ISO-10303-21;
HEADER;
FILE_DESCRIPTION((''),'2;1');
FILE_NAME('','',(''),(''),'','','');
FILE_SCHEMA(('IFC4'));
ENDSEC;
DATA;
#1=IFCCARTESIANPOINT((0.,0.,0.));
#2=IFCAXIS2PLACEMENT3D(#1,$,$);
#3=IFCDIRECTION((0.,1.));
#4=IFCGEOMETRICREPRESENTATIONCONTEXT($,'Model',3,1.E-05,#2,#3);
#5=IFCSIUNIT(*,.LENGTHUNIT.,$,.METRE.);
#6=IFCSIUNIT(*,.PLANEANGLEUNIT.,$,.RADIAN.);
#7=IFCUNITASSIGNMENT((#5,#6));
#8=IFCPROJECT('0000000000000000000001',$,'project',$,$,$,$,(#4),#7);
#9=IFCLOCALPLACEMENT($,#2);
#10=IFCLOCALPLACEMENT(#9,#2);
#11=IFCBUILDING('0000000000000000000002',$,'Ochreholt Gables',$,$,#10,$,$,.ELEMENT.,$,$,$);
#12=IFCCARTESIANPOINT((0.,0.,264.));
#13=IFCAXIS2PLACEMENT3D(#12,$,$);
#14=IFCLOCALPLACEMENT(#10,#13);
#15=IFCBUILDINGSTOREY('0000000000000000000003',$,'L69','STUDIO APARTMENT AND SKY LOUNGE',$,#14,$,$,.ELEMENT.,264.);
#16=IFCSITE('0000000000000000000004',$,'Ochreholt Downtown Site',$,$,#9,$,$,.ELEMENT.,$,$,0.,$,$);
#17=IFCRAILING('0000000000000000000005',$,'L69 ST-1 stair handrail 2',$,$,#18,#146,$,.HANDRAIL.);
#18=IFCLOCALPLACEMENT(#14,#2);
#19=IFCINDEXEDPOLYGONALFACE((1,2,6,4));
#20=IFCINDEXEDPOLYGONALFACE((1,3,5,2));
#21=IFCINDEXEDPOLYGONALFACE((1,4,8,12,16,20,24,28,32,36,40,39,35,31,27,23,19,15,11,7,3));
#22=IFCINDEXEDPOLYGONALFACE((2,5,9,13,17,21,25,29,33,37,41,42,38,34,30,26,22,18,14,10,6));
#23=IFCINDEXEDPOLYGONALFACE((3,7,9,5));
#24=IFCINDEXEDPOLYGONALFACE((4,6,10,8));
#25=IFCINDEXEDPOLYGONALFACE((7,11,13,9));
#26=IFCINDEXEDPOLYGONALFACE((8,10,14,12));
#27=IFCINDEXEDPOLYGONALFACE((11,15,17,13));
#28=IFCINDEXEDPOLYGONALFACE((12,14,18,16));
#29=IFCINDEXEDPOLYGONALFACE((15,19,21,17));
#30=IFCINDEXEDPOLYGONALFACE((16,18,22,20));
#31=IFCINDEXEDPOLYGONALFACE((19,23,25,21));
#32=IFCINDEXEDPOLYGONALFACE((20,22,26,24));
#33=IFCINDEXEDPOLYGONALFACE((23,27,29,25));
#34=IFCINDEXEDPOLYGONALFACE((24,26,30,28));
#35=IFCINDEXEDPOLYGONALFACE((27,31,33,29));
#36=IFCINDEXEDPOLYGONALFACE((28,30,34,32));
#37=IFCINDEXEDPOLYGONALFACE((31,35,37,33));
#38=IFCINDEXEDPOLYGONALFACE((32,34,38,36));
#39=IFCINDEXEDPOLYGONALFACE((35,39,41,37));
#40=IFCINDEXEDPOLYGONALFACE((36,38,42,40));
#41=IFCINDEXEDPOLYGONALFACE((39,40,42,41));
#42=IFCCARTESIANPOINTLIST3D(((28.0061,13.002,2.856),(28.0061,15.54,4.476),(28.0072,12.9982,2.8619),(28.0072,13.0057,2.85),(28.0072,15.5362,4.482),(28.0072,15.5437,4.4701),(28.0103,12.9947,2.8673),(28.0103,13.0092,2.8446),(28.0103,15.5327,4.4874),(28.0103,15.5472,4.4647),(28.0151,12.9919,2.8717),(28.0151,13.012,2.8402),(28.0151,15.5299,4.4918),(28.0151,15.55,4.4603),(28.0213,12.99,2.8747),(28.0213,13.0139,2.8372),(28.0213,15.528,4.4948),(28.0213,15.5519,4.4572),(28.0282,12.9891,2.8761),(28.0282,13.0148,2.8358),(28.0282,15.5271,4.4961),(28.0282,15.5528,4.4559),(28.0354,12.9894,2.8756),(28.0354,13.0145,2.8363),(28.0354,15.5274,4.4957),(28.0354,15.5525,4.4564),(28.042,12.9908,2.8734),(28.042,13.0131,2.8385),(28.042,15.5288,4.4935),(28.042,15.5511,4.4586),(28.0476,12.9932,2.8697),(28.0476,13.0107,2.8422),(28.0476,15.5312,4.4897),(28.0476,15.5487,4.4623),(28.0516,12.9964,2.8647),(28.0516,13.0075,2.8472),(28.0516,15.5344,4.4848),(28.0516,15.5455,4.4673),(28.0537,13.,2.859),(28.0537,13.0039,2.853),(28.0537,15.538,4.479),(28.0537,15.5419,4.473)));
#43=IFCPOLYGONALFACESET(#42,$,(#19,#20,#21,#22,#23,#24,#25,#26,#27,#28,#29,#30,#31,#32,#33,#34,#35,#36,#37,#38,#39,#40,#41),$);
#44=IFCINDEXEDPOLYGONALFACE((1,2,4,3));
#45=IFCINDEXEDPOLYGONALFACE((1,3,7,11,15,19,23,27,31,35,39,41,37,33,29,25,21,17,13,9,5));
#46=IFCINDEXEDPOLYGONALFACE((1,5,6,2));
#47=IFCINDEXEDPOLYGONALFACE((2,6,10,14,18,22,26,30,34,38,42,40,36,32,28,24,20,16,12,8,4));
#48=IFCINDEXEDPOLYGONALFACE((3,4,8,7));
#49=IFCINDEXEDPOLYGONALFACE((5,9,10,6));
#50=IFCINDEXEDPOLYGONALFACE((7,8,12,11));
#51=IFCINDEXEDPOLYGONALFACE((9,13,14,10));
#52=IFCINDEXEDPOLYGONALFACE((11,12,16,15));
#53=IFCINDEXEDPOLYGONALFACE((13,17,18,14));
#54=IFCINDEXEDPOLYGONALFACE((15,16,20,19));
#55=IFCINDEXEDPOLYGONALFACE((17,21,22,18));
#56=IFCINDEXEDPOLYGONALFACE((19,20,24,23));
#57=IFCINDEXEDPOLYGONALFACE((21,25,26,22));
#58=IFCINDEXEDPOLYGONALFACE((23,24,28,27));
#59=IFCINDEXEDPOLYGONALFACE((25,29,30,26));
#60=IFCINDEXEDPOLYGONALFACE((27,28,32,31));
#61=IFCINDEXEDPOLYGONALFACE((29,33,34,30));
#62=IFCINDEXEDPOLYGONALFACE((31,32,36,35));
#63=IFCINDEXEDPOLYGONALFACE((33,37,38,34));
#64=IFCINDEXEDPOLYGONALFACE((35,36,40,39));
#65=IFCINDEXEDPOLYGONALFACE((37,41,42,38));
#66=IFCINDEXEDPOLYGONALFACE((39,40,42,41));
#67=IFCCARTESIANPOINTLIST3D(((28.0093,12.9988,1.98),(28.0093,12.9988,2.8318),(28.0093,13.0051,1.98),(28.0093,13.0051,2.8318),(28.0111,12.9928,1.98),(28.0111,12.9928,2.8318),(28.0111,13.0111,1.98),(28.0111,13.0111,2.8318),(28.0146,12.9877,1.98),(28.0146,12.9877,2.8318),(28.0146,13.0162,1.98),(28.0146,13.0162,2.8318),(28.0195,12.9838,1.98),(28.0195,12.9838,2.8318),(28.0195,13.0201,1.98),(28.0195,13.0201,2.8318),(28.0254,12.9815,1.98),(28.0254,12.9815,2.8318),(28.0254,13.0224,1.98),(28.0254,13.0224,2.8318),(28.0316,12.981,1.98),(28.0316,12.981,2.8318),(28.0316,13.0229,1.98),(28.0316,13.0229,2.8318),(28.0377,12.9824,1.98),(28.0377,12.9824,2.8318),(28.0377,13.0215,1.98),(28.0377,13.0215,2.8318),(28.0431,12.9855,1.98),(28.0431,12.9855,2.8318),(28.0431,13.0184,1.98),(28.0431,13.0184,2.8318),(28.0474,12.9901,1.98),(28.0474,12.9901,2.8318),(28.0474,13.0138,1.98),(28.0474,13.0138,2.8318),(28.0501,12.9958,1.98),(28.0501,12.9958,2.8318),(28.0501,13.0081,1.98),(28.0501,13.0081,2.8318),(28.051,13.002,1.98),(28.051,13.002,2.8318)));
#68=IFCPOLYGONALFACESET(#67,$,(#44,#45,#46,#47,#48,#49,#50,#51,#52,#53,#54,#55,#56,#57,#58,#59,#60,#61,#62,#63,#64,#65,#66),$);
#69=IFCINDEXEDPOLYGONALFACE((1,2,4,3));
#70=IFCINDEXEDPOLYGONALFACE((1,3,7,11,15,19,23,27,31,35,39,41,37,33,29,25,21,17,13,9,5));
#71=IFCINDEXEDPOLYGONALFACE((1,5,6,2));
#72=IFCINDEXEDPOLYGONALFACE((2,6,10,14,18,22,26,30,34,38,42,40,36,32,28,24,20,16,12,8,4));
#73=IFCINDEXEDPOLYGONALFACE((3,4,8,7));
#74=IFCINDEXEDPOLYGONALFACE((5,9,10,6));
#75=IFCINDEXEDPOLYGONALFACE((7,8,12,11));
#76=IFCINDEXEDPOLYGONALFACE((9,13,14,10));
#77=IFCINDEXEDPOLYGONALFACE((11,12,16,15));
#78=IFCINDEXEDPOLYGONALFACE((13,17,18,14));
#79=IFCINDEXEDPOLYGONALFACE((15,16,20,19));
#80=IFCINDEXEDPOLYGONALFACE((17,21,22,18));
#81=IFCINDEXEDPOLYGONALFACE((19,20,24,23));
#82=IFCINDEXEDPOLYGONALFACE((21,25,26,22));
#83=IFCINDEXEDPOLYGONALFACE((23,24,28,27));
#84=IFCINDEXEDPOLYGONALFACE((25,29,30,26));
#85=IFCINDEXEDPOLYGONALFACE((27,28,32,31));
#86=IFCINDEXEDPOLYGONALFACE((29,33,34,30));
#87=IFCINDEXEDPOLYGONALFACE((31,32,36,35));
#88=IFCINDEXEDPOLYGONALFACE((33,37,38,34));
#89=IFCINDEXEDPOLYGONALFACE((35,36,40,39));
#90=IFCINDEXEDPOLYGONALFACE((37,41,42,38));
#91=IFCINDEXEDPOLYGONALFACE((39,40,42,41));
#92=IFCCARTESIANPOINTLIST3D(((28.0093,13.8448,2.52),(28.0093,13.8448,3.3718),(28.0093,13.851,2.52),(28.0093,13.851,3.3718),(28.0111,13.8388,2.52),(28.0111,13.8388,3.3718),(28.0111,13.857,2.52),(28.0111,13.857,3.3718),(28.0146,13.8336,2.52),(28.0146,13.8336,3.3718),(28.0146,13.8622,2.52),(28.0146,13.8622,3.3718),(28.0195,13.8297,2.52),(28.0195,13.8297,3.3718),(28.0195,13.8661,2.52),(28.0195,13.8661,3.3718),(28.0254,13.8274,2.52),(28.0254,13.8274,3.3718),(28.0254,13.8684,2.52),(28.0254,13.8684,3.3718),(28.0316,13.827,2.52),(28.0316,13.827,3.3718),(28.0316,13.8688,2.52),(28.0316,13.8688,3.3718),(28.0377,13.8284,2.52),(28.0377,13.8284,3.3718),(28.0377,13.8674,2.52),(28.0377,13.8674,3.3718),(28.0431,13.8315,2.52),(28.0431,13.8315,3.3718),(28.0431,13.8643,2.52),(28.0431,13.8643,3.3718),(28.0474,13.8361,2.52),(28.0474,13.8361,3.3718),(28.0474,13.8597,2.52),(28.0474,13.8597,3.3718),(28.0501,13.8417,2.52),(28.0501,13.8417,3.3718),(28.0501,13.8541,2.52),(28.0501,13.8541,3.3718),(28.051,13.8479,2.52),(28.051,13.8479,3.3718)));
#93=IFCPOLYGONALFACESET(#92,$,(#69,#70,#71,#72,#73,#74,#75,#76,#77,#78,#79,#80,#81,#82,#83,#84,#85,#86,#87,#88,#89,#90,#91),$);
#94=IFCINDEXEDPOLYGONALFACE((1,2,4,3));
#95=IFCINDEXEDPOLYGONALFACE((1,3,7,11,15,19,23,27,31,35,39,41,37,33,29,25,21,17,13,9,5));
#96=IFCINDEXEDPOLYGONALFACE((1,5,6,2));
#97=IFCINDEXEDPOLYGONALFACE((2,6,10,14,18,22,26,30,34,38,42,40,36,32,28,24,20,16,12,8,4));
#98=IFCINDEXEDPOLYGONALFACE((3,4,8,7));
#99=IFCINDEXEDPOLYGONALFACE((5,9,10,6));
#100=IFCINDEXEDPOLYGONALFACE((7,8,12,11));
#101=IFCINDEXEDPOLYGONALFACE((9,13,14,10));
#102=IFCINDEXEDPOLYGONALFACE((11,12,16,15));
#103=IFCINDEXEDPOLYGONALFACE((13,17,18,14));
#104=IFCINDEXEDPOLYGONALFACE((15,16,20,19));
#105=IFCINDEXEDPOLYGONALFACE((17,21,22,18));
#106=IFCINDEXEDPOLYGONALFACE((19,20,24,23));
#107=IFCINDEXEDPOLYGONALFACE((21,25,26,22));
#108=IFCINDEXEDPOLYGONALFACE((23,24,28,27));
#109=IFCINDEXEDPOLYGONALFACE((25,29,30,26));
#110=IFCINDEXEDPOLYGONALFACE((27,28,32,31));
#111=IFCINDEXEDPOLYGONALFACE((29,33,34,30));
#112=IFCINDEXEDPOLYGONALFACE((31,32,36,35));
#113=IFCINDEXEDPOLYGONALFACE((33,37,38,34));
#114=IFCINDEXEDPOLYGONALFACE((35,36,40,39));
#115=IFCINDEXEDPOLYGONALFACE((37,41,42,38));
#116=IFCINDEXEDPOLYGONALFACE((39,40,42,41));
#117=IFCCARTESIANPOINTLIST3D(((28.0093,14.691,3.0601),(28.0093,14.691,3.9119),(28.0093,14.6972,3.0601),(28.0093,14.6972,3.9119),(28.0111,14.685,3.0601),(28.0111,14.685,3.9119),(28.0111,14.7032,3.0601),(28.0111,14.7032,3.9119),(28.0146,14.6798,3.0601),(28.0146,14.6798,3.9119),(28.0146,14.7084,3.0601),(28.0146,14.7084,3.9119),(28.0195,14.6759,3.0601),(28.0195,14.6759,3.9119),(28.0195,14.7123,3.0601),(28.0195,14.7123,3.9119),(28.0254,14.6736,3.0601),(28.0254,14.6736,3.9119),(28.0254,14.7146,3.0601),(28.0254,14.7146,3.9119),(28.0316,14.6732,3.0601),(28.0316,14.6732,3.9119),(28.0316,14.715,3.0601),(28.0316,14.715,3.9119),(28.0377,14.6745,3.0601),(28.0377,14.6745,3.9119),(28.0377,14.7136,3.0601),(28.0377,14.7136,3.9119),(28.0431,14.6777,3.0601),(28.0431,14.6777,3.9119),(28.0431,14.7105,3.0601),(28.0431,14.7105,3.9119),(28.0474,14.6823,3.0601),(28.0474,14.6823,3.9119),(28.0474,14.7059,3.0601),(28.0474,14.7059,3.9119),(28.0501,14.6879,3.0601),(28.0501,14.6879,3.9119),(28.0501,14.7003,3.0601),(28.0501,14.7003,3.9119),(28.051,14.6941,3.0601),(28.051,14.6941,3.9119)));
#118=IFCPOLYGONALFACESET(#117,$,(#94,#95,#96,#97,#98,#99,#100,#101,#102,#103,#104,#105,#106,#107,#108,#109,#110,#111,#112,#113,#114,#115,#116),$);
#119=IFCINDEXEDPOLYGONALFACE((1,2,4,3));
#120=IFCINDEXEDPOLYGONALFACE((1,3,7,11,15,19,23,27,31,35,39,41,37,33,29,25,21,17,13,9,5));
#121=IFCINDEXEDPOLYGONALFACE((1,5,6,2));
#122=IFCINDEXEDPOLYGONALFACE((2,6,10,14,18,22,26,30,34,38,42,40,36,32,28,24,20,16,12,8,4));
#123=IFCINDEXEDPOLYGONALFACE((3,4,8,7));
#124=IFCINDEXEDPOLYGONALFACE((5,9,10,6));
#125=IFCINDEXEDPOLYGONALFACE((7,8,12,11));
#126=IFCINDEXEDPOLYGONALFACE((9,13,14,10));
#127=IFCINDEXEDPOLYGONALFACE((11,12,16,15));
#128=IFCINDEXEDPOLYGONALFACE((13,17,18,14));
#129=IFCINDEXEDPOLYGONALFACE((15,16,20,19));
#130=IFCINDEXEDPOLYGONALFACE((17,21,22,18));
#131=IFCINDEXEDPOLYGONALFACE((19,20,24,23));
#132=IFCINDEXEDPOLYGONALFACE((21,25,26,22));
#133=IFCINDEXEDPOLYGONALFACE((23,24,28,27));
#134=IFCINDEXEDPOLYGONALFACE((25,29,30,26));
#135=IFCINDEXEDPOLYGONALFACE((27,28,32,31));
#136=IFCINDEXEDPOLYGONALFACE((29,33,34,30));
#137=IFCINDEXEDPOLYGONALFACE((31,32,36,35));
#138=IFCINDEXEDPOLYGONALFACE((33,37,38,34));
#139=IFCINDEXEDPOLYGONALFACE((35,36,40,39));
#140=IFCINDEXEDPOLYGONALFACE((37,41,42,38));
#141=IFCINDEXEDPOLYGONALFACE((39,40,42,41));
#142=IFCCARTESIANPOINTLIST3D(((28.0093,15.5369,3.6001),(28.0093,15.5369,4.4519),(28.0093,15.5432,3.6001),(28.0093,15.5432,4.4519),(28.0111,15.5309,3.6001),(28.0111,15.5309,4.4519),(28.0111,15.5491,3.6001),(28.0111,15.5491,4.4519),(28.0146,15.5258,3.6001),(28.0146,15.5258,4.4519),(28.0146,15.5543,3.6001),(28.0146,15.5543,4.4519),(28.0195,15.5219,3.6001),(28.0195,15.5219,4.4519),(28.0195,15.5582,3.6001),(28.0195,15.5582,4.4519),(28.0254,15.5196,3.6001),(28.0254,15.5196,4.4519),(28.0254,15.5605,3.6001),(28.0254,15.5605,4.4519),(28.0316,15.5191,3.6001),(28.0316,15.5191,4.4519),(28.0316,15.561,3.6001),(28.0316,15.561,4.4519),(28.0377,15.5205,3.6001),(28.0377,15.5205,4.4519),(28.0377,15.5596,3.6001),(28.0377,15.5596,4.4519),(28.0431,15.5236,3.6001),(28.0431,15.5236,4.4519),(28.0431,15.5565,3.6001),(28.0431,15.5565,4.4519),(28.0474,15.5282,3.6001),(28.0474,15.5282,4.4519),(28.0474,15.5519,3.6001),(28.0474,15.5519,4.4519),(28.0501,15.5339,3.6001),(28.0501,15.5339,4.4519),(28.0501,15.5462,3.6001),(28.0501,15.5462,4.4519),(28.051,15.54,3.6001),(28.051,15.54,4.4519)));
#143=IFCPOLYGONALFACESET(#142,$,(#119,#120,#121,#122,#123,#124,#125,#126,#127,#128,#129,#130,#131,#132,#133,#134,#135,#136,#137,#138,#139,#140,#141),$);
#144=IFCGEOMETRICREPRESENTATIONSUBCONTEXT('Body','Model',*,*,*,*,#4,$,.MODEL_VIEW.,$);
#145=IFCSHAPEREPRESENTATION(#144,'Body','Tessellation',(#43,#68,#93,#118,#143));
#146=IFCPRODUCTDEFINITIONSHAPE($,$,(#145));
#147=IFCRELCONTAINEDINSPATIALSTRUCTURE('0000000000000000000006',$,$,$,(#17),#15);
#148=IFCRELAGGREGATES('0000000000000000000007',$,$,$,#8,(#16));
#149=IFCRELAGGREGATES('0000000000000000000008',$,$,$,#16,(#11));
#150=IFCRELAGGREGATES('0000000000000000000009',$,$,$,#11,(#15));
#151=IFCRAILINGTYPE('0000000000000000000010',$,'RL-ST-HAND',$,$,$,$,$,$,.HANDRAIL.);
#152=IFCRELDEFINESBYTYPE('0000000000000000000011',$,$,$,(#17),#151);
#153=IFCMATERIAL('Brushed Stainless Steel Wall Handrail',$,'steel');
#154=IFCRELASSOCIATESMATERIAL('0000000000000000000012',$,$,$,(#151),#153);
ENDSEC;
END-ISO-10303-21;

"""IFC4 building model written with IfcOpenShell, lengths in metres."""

from ifc_helpers import new_model, si_unit, direction, frame, origin, origin_2d, place, context, subcontext, project, spatial, circle, extrude, material, type_object, element, save


model = new_model("IFC4")

# Units and contexts
model_context = context("Model", 3, precision=1e-05, world=origin(), true_north=direction((0.0, 1.0)))
body_context = subcontext(model_context, "Body", "Model", "MODEL_VIEW")
ifc_project = project(units=[si_unit("LENGTHUNIT", "METRE"), si_unit("PLANEANGLEUNIT", "RADIAN")], contexts=[model_context])

# Site, building, storey
site_placement = place(None, origin())
site = spatial("IfcSite", under=ifc_project, at=site_placement, Name="Ochreholt Downtown Site", CompositionType="ELEMENT", RefElevation=0.0)
building_placement = place(site_placement, origin())
building = spatial("IfcBuilding", under=site, at=building_placement, Name="Ochreholt Gables", CompositionType="ELEMENT")
storey_placement = place(building_placement, frame((0.0, 0.0, 264.0)))
storey = spatial("IfcBuildingStorey", under=building, at=storey_placement, Name="L69", Description="STUDIO APARTMENT AND SKY LOUNGE", CompositionType="ELEMENT", Elevation=264.0)

# Railing
ifc_material_1 = material(Name="Brushed Stainless Steel Wall Handrail", Category="steel")
railing_type_1 = type_object("IfcRailingType", Name="RL-ST-HAND", PredefinedType="HANDRAIL", material=ifc_material_1)
railing_1_placement = place(storey_placement, frame((28.03, 13.002, 1.98)))
element("IfcRailing", 1, at=railing_1_placement, inside=storey, type_object=railing_type_1, Name="L69 ST-1 stair handrail 2", PredefinedType="HANDRAIL", context=body_context, shape_type="SweptSolid", body=[
    extrude(circle(Radius=0.0239, at=origin_2d()), frame((0.0, 0.0, 0.876), z_axis=(0.0, 0.842913, 0.53805), x_axis=(-1.0, 0.0, 0.0)), (0.0, 0.0, 1.0), 3.011),
    extrude(circle(Radius=0.021, at=origin_2d()), origin(), (0.0, 0.0, 1.0), 0.8518),
    extrude(circle(Radius=0.021, at=origin_2d()), frame((0.0, 0.8459, 0.54)), (0.0, 0.0, 1.0), 0.8518),
    extrude(circle(Radius=0.021, at=origin_2d()), frame((0.0, 1.6921, 1.0801)), (0.0, 0.0, 1.0), 0.8518),
    extrude(circle(Radius=0.021, at=origin_2d()), frame((0.0, 2.5381, 1.6201)), (0.0, 0.0, 1.0), 0.8518),
])

save(model, "model.ifc")
